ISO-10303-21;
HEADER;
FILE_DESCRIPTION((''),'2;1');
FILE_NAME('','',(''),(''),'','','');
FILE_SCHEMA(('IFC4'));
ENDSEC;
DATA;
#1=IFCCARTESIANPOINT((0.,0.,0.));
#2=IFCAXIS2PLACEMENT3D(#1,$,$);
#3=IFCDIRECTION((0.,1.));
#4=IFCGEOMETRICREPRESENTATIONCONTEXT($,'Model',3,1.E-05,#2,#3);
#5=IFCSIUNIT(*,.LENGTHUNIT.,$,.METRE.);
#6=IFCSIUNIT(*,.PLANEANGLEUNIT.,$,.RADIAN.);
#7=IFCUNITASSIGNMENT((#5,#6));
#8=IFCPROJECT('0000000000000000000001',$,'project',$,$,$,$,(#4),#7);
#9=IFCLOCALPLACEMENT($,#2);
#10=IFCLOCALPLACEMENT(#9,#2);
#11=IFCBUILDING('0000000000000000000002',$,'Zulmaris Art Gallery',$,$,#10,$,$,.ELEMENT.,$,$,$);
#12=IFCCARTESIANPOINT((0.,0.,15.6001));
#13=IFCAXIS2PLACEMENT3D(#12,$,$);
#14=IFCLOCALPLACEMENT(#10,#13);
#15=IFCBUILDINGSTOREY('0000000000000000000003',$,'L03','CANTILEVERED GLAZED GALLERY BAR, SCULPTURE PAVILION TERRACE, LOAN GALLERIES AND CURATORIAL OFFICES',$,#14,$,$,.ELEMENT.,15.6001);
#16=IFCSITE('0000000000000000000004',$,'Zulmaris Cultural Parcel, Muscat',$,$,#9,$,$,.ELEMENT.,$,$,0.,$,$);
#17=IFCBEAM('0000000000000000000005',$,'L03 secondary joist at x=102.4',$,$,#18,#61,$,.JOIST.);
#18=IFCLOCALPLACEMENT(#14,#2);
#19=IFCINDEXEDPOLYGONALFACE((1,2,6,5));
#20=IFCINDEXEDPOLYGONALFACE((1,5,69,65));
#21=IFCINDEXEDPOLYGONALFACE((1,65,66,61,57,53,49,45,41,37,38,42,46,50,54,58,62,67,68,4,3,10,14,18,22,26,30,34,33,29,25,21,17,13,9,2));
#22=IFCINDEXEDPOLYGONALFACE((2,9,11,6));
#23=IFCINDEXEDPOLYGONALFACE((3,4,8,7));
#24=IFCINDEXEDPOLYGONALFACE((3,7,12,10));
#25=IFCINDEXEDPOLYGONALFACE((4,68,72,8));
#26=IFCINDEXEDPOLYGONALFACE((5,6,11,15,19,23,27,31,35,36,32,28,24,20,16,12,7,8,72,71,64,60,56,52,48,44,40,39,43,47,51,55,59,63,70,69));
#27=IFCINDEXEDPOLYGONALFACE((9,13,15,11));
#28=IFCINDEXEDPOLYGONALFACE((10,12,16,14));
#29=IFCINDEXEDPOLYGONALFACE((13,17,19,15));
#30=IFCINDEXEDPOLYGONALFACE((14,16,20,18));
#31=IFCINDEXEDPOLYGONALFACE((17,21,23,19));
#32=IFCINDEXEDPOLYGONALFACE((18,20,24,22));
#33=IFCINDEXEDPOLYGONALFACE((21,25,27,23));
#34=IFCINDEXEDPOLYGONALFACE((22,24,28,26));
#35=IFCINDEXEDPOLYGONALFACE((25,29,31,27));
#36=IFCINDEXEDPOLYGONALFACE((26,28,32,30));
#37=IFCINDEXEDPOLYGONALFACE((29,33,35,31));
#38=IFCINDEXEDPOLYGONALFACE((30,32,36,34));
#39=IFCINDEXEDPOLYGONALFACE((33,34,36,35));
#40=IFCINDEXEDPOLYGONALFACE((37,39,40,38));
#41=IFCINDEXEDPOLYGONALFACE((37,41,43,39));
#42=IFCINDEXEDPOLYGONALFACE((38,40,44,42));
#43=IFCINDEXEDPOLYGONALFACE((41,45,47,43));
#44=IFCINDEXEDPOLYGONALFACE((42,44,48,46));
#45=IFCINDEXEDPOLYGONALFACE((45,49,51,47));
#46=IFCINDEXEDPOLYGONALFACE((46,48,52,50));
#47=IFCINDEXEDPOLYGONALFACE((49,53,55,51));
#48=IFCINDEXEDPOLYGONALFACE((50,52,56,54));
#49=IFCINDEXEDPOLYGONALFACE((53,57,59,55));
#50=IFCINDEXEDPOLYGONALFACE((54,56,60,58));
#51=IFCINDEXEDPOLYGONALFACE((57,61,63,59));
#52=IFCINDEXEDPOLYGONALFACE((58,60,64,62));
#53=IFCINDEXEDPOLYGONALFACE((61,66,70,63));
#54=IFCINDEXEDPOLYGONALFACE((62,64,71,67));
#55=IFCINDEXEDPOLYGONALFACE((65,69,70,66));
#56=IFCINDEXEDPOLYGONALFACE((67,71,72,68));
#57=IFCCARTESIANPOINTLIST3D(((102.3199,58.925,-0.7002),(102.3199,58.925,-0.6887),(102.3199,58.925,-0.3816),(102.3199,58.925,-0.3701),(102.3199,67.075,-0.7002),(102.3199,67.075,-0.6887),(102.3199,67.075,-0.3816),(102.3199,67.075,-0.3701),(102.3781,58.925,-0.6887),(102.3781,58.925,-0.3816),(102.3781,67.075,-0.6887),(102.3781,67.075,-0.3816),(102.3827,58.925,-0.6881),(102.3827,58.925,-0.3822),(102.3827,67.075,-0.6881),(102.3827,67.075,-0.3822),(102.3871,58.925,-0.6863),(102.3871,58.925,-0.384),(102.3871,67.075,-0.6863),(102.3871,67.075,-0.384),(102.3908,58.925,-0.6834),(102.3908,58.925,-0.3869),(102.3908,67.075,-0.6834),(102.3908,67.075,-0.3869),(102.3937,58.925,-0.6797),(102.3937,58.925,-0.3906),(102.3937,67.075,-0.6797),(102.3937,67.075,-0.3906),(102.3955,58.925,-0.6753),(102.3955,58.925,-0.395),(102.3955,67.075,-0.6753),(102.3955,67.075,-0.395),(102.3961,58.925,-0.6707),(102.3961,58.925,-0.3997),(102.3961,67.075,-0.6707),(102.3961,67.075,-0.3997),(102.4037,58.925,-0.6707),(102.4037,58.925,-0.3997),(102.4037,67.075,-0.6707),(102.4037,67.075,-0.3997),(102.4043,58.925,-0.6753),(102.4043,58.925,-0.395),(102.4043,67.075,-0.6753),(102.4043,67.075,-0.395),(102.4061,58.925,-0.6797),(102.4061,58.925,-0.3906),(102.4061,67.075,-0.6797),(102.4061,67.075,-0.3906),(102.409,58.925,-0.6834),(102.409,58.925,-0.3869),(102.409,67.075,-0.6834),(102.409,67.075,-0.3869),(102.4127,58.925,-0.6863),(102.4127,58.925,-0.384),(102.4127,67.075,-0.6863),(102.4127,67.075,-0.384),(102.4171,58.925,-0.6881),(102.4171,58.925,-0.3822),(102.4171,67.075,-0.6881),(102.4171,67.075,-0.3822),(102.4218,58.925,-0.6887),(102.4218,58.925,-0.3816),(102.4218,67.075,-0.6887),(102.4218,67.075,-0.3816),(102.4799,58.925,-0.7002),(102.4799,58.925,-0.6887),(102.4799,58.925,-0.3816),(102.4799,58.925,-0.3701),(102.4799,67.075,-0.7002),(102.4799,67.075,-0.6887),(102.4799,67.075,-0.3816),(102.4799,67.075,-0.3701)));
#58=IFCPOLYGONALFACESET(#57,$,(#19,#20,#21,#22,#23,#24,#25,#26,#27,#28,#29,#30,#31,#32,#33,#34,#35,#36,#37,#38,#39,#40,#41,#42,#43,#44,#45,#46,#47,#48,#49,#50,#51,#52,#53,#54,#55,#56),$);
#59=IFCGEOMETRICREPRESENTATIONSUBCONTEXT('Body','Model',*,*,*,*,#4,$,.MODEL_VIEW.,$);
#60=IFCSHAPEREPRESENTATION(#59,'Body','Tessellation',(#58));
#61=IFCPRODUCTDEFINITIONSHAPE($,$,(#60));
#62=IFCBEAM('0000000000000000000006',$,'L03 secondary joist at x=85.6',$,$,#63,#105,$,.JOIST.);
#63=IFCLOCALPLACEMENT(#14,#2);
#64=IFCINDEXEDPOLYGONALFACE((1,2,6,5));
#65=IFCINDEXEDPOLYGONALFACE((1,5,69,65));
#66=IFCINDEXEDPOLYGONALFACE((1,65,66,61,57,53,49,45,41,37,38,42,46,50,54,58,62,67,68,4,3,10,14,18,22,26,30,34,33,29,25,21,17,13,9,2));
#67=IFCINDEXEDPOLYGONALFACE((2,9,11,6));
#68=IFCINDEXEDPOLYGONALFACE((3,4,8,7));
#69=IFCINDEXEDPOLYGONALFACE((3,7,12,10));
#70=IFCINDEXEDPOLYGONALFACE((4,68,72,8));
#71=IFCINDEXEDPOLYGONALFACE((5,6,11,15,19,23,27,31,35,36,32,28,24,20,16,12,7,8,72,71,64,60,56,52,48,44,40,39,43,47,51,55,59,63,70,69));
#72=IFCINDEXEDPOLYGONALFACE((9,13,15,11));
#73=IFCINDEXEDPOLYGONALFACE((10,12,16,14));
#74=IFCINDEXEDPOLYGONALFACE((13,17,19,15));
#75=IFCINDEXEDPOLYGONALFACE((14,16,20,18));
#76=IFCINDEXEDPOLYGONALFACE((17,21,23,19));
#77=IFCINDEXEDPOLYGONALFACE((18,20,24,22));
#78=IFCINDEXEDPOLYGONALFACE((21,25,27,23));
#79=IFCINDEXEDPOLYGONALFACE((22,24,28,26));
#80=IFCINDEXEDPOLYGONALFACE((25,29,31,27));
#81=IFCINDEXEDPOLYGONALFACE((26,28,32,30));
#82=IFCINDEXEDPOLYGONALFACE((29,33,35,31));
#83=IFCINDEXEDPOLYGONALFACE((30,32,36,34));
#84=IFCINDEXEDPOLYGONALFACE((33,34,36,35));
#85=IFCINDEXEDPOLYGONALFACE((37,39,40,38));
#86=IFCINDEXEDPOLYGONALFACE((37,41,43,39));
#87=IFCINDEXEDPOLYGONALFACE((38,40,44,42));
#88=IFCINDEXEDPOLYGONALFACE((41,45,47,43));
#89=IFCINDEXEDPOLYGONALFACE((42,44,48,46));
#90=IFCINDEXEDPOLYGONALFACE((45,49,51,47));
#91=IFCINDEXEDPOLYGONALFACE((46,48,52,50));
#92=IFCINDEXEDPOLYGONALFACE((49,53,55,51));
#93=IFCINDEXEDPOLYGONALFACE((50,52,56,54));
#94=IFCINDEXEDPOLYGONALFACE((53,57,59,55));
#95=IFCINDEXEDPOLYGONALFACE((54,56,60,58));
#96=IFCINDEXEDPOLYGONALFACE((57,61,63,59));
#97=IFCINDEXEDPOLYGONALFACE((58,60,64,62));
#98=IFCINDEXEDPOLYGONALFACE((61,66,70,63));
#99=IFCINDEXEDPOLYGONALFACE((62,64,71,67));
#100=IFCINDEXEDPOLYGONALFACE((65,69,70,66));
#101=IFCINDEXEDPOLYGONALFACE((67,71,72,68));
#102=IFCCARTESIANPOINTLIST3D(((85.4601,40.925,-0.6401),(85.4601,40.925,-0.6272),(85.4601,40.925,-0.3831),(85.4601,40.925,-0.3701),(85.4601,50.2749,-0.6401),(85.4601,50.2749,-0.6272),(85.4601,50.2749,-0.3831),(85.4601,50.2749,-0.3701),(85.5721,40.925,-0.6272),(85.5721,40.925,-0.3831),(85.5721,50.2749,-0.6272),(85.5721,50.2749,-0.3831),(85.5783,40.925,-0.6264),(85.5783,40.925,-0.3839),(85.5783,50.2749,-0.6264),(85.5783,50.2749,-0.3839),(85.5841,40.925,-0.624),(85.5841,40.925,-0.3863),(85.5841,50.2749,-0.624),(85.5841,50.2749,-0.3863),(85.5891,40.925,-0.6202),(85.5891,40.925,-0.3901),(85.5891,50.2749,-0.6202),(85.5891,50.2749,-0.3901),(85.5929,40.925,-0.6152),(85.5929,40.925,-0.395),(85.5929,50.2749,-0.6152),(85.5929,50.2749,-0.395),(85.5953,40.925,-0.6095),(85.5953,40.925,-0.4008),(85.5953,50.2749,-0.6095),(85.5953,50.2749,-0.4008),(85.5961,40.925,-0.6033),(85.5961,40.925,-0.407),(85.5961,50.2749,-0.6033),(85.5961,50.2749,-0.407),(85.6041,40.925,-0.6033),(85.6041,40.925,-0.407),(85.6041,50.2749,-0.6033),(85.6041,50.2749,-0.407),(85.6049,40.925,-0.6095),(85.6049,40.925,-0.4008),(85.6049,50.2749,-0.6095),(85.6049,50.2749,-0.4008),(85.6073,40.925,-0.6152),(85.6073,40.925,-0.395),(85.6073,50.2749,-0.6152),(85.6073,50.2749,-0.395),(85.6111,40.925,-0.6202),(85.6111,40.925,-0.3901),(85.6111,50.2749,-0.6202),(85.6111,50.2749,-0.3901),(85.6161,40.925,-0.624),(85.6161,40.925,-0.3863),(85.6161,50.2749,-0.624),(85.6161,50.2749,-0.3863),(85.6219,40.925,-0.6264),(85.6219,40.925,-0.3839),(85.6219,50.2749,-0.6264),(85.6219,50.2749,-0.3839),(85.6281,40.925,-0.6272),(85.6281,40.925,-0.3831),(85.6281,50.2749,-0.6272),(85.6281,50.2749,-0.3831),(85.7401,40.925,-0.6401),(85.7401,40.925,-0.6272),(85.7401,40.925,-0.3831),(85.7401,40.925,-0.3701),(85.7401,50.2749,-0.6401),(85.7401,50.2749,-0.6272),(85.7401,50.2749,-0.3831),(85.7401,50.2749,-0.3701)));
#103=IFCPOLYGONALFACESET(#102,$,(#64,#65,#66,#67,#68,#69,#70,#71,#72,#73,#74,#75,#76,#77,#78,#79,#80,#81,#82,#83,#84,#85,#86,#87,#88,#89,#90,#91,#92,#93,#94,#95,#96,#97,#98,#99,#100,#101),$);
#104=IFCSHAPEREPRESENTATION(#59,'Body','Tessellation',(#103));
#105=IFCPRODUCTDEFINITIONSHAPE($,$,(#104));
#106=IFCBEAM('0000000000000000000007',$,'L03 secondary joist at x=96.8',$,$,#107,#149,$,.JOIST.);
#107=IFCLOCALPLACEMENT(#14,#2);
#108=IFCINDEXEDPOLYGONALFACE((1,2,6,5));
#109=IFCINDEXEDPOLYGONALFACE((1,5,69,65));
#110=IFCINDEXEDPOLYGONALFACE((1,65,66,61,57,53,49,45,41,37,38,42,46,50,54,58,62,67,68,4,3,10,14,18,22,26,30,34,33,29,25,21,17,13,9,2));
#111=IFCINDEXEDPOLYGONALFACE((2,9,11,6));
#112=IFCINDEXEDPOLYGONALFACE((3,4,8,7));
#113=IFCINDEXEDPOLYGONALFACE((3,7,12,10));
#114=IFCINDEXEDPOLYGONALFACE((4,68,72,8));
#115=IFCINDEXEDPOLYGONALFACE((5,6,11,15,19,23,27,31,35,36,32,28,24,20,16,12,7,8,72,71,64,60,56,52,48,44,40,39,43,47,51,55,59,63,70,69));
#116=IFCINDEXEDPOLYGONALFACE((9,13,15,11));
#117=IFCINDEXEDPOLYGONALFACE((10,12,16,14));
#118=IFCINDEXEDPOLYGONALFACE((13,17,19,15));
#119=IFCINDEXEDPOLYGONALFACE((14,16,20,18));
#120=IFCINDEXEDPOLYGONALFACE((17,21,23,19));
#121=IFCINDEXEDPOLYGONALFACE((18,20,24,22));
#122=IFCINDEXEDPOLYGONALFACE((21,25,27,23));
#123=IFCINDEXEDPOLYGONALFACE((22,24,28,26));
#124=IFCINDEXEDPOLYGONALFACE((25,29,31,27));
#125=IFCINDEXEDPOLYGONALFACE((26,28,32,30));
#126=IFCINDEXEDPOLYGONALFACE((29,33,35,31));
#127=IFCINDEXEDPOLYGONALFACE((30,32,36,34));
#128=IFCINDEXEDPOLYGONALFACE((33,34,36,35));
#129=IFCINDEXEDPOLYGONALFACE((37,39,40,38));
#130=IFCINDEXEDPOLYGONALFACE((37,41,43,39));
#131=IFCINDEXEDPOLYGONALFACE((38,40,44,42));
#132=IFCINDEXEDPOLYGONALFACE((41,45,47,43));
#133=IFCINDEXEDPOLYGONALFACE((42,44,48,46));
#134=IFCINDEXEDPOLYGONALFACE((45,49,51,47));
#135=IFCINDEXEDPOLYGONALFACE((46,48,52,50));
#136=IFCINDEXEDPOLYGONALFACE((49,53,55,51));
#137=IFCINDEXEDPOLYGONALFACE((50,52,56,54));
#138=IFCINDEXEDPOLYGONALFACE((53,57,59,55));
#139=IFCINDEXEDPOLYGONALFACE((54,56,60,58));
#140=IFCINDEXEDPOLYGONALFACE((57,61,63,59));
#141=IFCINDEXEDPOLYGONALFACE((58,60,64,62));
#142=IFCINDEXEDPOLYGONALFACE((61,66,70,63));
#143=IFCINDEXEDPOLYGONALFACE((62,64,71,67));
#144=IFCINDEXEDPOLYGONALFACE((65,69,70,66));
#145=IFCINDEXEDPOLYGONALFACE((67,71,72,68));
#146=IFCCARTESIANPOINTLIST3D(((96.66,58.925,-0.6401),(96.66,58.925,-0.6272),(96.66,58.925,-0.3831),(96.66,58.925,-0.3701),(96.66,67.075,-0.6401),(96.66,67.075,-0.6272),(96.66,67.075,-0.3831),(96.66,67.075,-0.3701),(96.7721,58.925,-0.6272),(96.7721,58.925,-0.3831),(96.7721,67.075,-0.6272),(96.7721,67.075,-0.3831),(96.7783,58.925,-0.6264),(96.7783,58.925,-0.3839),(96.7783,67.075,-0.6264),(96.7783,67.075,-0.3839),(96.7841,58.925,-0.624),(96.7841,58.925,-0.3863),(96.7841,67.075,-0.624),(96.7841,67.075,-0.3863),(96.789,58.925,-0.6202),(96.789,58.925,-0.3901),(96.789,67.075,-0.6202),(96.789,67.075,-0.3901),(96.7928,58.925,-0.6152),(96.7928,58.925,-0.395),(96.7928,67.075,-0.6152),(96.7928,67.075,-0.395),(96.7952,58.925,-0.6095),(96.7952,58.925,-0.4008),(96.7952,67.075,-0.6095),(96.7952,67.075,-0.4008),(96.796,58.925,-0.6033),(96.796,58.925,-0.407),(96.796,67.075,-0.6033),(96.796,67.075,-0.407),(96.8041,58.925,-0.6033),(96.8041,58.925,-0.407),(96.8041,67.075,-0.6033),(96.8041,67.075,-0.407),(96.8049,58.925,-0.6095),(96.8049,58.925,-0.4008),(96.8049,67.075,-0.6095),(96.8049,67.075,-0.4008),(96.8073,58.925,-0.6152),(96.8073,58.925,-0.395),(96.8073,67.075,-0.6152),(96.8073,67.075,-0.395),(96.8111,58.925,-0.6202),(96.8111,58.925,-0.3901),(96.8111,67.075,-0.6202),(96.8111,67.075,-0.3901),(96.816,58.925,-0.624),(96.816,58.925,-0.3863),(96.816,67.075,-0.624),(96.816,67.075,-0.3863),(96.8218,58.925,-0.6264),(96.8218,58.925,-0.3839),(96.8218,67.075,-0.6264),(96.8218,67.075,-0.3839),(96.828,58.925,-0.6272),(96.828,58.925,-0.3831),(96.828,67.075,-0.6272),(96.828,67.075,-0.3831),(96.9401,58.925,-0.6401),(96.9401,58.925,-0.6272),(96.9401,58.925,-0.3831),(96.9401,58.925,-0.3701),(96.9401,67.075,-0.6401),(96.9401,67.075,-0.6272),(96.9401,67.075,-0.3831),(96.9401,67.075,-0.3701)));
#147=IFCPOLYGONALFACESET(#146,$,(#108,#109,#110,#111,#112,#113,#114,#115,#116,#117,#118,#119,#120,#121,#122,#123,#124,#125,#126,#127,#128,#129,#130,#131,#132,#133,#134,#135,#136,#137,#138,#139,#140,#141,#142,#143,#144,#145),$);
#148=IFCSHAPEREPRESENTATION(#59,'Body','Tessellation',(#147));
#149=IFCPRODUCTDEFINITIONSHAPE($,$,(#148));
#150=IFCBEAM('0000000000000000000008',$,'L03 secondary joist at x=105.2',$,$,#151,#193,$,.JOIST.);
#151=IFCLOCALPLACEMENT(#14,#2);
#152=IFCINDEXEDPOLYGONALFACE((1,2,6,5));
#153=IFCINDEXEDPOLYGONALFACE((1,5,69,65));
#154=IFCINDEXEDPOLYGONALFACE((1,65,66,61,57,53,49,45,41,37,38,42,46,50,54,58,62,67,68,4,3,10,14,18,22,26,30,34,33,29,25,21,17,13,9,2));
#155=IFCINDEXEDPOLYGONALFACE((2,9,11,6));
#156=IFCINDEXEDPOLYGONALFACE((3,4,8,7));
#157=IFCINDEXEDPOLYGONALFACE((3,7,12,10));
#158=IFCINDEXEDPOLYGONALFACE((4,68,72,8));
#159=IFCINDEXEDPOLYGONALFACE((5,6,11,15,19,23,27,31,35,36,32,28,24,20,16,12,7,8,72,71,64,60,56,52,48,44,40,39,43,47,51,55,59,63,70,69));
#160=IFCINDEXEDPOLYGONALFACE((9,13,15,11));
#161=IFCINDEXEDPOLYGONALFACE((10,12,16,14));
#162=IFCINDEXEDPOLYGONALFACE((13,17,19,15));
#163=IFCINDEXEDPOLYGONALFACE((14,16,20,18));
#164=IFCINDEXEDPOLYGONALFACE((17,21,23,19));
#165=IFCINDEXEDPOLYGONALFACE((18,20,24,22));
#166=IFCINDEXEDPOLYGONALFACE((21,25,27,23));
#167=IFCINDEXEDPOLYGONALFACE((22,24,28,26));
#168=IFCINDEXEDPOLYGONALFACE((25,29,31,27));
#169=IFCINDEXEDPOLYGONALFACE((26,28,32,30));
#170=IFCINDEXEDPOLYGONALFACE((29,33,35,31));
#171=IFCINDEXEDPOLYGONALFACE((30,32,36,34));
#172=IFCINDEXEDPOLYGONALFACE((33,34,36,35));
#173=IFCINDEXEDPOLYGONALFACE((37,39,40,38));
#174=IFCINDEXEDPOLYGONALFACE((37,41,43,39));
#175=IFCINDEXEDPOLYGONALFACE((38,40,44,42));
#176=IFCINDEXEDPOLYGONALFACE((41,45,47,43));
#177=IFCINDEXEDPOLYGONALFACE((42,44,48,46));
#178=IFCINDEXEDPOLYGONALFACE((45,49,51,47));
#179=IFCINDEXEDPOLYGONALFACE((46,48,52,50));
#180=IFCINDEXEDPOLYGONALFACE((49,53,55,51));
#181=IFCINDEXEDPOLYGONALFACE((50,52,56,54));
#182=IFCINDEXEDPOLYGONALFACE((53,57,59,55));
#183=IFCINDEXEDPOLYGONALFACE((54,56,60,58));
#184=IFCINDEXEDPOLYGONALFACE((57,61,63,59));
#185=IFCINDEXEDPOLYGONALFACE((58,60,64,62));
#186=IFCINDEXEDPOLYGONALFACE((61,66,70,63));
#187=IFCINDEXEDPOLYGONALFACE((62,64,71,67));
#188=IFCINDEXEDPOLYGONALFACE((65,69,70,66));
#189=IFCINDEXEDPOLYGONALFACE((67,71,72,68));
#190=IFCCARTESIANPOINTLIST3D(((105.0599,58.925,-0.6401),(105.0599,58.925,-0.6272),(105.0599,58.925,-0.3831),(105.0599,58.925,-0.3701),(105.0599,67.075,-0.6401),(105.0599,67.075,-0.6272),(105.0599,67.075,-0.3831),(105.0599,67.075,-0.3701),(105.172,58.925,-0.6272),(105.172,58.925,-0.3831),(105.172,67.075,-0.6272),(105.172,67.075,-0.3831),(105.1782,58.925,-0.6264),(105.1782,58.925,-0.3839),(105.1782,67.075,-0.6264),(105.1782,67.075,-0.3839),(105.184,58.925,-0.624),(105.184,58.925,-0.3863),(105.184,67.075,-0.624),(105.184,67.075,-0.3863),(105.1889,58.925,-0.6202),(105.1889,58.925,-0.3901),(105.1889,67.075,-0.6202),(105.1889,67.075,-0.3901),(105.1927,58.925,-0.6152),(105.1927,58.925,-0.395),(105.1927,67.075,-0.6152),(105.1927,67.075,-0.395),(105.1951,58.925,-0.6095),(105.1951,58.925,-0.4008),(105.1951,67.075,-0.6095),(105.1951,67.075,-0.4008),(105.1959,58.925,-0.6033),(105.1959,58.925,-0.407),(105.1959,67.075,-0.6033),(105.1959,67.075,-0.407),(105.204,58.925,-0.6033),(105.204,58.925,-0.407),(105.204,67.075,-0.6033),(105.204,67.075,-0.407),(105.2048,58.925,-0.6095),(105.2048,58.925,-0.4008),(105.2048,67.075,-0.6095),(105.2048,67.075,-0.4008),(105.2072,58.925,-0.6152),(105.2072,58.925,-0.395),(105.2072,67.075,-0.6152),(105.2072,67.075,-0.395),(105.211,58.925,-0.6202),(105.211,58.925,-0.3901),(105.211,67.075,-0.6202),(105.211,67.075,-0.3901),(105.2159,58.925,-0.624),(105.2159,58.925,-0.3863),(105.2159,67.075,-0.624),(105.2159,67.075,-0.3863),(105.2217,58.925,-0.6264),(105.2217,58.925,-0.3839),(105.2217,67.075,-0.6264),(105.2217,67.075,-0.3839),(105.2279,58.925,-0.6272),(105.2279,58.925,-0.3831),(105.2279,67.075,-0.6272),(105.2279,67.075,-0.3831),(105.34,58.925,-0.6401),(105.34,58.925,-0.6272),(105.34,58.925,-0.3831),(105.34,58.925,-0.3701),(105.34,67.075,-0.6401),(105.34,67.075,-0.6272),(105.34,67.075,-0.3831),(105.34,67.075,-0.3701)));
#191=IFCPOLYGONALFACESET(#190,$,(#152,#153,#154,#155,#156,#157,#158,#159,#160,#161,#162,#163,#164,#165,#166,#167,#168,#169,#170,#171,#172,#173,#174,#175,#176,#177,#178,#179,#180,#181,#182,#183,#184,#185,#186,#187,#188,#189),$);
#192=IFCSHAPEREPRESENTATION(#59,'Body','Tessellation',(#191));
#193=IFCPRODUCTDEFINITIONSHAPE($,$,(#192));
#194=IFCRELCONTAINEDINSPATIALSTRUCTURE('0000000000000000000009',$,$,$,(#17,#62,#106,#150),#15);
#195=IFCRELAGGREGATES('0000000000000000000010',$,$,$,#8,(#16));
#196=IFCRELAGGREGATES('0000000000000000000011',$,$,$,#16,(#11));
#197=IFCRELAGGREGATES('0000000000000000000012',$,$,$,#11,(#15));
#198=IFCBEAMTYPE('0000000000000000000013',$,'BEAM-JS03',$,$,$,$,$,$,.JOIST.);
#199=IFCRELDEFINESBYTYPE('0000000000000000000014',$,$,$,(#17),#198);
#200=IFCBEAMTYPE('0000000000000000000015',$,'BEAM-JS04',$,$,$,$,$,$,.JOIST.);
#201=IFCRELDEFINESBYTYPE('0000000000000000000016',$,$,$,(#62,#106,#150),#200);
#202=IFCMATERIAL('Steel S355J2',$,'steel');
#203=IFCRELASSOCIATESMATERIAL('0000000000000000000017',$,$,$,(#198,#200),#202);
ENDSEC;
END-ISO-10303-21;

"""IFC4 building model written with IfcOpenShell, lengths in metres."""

from ifc_helpers import new_model, si_unit, direction, frame, origin, origin_2d, place, context, subcontext, project, spatial, i_section, extrude, material, material_profile, profile_set, type_object, element, save


model = new_model("IFC4")

# Units and contexts
model_context = context("Model", 3, precision=1e-05, world=origin(), true_north=direction((0.0, 1.0)))
body_context = subcontext(model_context, "Body", "Model", "MODEL_VIEW")
ifc_project = project(units=[si_unit("LENGTHUNIT", "METRE"), si_unit("PLANEANGLEUNIT", "RADIAN")], contexts=[model_context])

# Site, building, storey
site_placement = place(None, origin())
site = spatial("IfcSite", under=ifc_project, at=site_placement, Name="Zulmaris Cultural Parcel, Muscat", CompositionType="ELEMENT", RefElevation=0.0)
building_placement = place(site_placement, origin())
building = spatial("IfcBuilding", under=site, at=building_placement, Name="Zulmaris Art Gallery", CompositionType="ELEMENT")
storey_placement = place(building_placement, frame((0.0, 0.0, 15.6001)))
storey = spatial("IfcBuildingStorey", under=building, at=storey_placement, Name="L03", Description="CANTILEVERED GLAZED GALLERY BAR, SCULPTURE PAVILION TERRACE, LOAN GALLERIES AND CURATORIAL OFFICES", CompositionType="ELEMENT", Elevation=15.6001)

# Beams
ifc_material_1 = material(Name="Steel S355J2", Category="steel")
ifc_material_profile_1 = material_profile(ifc_material_1, i_section(OverallWidth=0.1599, OverallDepth=0.3301, WebThickness=0.0076, FlangeThickness=0.0115, FilletRadius=0.0181, at=origin_2d()), Name="IPE 330")
ifc_profile_set_1 = profile_set([ifc_material_profile_1], Name="Steel S355J2")
beam_type_1 = type_object("IfcBeamType", Name="BEAM-JS03", PredefinedType="JOIST", material=ifc_profile_set_1)
for number, where, z_axis, x_axis, name in (
    (1, (102.3999, 58.925, -0.5352), (0.0, 1.0, 0.0), (-1.0, 0.0, 0.0), "L03 secondary joist at x=102.4"),
):
    element("IfcBeam", number, at=place(storey_placement, frame(where, z_axis=z_axis, x_axis=x_axis)), inside=storey, type_object=beam_type_1, Name=name, PredefinedType="JOIST", context=body_context, shape_type="SweptSolid", body=[
        extrude(i_section(OverallWidth=0.1599, OverallDepth=0.3301, WebThickness=0.0076, FlangeThickness=0.0115, FilletRadius=0.0181, at=origin_2d()), origin(), (0.0, 0.0, 1.0), 8.1499),
    ])
ifc_material_profile_2 = material_profile(ifc_material_1, i_section(OverallWidth=0.28, OverallDepth=0.27, WebThickness=0.0081, FlangeThickness=0.0129, FilletRadius=0.0239, at=origin_2d()), Name="HEA 280")
ifc_profile_set_2 = profile_set([ifc_material_profile_2], Name="Steel S355J2")
beam_type_2 = type_object("IfcBeamType", Name="BEAM-JS04", PredefinedType="JOIST", material=ifc_profile_set_2)
beam_1_placement = place(storey_placement, frame((85.6001, 40.925, -0.5051), z_axis=(0.0, 1.0, 0.0), x_axis=(-1.0, 0.0, 0.0)))
element("IfcBeam", 2, at=beam_1_placement, inside=storey, type_object=beam_type_2, Name="L03 secondary joist at x=85.6", PredefinedType="JOIST", context=body_context, shape_type="SweptSolid", body=[
    extrude(i_section(OverallWidth=0.28, OverallDepth=0.27, WebThickness=0.0081, FlangeThickness=0.0129, FilletRadius=0.0239, at=origin_2d()), origin(), (0.0, 0.0, 1.0), 9.3499),
])
for number, where, z_axis, x_axis, name in (
    (3, (96.8, 58.925, -0.5051), (0.0, 1.0, 0.0), (-1.0, 0.0, 0.0), "L03 secondary joist at x=96.8"),
    (4, (105.2, 58.925, -0.5051), (0.0, 1.0, 0.0), (-1.0, 0.0, 0.0), "L03 secondary joist at x=105.2"),
):
    element("IfcBeam", number, at=place(storey_placement, frame(where, z_axis=z_axis, x_axis=x_axis)), inside=storey, type_object=beam_type_2, Name=name, PredefinedType="JOIST", context=body_context, shape_type="SweptSolid", body=[
        extrude(i_section(OverallWidth=0.28, OverallDepth=0.27, WebThickness=0.0081, FlangeThickness=0.0129, FilletRadius=0.0239, at=origin_2d()), origin(), (0.0, 0.0, 1.0), 8.1499),
    ])

save(model, "model.ifc")
